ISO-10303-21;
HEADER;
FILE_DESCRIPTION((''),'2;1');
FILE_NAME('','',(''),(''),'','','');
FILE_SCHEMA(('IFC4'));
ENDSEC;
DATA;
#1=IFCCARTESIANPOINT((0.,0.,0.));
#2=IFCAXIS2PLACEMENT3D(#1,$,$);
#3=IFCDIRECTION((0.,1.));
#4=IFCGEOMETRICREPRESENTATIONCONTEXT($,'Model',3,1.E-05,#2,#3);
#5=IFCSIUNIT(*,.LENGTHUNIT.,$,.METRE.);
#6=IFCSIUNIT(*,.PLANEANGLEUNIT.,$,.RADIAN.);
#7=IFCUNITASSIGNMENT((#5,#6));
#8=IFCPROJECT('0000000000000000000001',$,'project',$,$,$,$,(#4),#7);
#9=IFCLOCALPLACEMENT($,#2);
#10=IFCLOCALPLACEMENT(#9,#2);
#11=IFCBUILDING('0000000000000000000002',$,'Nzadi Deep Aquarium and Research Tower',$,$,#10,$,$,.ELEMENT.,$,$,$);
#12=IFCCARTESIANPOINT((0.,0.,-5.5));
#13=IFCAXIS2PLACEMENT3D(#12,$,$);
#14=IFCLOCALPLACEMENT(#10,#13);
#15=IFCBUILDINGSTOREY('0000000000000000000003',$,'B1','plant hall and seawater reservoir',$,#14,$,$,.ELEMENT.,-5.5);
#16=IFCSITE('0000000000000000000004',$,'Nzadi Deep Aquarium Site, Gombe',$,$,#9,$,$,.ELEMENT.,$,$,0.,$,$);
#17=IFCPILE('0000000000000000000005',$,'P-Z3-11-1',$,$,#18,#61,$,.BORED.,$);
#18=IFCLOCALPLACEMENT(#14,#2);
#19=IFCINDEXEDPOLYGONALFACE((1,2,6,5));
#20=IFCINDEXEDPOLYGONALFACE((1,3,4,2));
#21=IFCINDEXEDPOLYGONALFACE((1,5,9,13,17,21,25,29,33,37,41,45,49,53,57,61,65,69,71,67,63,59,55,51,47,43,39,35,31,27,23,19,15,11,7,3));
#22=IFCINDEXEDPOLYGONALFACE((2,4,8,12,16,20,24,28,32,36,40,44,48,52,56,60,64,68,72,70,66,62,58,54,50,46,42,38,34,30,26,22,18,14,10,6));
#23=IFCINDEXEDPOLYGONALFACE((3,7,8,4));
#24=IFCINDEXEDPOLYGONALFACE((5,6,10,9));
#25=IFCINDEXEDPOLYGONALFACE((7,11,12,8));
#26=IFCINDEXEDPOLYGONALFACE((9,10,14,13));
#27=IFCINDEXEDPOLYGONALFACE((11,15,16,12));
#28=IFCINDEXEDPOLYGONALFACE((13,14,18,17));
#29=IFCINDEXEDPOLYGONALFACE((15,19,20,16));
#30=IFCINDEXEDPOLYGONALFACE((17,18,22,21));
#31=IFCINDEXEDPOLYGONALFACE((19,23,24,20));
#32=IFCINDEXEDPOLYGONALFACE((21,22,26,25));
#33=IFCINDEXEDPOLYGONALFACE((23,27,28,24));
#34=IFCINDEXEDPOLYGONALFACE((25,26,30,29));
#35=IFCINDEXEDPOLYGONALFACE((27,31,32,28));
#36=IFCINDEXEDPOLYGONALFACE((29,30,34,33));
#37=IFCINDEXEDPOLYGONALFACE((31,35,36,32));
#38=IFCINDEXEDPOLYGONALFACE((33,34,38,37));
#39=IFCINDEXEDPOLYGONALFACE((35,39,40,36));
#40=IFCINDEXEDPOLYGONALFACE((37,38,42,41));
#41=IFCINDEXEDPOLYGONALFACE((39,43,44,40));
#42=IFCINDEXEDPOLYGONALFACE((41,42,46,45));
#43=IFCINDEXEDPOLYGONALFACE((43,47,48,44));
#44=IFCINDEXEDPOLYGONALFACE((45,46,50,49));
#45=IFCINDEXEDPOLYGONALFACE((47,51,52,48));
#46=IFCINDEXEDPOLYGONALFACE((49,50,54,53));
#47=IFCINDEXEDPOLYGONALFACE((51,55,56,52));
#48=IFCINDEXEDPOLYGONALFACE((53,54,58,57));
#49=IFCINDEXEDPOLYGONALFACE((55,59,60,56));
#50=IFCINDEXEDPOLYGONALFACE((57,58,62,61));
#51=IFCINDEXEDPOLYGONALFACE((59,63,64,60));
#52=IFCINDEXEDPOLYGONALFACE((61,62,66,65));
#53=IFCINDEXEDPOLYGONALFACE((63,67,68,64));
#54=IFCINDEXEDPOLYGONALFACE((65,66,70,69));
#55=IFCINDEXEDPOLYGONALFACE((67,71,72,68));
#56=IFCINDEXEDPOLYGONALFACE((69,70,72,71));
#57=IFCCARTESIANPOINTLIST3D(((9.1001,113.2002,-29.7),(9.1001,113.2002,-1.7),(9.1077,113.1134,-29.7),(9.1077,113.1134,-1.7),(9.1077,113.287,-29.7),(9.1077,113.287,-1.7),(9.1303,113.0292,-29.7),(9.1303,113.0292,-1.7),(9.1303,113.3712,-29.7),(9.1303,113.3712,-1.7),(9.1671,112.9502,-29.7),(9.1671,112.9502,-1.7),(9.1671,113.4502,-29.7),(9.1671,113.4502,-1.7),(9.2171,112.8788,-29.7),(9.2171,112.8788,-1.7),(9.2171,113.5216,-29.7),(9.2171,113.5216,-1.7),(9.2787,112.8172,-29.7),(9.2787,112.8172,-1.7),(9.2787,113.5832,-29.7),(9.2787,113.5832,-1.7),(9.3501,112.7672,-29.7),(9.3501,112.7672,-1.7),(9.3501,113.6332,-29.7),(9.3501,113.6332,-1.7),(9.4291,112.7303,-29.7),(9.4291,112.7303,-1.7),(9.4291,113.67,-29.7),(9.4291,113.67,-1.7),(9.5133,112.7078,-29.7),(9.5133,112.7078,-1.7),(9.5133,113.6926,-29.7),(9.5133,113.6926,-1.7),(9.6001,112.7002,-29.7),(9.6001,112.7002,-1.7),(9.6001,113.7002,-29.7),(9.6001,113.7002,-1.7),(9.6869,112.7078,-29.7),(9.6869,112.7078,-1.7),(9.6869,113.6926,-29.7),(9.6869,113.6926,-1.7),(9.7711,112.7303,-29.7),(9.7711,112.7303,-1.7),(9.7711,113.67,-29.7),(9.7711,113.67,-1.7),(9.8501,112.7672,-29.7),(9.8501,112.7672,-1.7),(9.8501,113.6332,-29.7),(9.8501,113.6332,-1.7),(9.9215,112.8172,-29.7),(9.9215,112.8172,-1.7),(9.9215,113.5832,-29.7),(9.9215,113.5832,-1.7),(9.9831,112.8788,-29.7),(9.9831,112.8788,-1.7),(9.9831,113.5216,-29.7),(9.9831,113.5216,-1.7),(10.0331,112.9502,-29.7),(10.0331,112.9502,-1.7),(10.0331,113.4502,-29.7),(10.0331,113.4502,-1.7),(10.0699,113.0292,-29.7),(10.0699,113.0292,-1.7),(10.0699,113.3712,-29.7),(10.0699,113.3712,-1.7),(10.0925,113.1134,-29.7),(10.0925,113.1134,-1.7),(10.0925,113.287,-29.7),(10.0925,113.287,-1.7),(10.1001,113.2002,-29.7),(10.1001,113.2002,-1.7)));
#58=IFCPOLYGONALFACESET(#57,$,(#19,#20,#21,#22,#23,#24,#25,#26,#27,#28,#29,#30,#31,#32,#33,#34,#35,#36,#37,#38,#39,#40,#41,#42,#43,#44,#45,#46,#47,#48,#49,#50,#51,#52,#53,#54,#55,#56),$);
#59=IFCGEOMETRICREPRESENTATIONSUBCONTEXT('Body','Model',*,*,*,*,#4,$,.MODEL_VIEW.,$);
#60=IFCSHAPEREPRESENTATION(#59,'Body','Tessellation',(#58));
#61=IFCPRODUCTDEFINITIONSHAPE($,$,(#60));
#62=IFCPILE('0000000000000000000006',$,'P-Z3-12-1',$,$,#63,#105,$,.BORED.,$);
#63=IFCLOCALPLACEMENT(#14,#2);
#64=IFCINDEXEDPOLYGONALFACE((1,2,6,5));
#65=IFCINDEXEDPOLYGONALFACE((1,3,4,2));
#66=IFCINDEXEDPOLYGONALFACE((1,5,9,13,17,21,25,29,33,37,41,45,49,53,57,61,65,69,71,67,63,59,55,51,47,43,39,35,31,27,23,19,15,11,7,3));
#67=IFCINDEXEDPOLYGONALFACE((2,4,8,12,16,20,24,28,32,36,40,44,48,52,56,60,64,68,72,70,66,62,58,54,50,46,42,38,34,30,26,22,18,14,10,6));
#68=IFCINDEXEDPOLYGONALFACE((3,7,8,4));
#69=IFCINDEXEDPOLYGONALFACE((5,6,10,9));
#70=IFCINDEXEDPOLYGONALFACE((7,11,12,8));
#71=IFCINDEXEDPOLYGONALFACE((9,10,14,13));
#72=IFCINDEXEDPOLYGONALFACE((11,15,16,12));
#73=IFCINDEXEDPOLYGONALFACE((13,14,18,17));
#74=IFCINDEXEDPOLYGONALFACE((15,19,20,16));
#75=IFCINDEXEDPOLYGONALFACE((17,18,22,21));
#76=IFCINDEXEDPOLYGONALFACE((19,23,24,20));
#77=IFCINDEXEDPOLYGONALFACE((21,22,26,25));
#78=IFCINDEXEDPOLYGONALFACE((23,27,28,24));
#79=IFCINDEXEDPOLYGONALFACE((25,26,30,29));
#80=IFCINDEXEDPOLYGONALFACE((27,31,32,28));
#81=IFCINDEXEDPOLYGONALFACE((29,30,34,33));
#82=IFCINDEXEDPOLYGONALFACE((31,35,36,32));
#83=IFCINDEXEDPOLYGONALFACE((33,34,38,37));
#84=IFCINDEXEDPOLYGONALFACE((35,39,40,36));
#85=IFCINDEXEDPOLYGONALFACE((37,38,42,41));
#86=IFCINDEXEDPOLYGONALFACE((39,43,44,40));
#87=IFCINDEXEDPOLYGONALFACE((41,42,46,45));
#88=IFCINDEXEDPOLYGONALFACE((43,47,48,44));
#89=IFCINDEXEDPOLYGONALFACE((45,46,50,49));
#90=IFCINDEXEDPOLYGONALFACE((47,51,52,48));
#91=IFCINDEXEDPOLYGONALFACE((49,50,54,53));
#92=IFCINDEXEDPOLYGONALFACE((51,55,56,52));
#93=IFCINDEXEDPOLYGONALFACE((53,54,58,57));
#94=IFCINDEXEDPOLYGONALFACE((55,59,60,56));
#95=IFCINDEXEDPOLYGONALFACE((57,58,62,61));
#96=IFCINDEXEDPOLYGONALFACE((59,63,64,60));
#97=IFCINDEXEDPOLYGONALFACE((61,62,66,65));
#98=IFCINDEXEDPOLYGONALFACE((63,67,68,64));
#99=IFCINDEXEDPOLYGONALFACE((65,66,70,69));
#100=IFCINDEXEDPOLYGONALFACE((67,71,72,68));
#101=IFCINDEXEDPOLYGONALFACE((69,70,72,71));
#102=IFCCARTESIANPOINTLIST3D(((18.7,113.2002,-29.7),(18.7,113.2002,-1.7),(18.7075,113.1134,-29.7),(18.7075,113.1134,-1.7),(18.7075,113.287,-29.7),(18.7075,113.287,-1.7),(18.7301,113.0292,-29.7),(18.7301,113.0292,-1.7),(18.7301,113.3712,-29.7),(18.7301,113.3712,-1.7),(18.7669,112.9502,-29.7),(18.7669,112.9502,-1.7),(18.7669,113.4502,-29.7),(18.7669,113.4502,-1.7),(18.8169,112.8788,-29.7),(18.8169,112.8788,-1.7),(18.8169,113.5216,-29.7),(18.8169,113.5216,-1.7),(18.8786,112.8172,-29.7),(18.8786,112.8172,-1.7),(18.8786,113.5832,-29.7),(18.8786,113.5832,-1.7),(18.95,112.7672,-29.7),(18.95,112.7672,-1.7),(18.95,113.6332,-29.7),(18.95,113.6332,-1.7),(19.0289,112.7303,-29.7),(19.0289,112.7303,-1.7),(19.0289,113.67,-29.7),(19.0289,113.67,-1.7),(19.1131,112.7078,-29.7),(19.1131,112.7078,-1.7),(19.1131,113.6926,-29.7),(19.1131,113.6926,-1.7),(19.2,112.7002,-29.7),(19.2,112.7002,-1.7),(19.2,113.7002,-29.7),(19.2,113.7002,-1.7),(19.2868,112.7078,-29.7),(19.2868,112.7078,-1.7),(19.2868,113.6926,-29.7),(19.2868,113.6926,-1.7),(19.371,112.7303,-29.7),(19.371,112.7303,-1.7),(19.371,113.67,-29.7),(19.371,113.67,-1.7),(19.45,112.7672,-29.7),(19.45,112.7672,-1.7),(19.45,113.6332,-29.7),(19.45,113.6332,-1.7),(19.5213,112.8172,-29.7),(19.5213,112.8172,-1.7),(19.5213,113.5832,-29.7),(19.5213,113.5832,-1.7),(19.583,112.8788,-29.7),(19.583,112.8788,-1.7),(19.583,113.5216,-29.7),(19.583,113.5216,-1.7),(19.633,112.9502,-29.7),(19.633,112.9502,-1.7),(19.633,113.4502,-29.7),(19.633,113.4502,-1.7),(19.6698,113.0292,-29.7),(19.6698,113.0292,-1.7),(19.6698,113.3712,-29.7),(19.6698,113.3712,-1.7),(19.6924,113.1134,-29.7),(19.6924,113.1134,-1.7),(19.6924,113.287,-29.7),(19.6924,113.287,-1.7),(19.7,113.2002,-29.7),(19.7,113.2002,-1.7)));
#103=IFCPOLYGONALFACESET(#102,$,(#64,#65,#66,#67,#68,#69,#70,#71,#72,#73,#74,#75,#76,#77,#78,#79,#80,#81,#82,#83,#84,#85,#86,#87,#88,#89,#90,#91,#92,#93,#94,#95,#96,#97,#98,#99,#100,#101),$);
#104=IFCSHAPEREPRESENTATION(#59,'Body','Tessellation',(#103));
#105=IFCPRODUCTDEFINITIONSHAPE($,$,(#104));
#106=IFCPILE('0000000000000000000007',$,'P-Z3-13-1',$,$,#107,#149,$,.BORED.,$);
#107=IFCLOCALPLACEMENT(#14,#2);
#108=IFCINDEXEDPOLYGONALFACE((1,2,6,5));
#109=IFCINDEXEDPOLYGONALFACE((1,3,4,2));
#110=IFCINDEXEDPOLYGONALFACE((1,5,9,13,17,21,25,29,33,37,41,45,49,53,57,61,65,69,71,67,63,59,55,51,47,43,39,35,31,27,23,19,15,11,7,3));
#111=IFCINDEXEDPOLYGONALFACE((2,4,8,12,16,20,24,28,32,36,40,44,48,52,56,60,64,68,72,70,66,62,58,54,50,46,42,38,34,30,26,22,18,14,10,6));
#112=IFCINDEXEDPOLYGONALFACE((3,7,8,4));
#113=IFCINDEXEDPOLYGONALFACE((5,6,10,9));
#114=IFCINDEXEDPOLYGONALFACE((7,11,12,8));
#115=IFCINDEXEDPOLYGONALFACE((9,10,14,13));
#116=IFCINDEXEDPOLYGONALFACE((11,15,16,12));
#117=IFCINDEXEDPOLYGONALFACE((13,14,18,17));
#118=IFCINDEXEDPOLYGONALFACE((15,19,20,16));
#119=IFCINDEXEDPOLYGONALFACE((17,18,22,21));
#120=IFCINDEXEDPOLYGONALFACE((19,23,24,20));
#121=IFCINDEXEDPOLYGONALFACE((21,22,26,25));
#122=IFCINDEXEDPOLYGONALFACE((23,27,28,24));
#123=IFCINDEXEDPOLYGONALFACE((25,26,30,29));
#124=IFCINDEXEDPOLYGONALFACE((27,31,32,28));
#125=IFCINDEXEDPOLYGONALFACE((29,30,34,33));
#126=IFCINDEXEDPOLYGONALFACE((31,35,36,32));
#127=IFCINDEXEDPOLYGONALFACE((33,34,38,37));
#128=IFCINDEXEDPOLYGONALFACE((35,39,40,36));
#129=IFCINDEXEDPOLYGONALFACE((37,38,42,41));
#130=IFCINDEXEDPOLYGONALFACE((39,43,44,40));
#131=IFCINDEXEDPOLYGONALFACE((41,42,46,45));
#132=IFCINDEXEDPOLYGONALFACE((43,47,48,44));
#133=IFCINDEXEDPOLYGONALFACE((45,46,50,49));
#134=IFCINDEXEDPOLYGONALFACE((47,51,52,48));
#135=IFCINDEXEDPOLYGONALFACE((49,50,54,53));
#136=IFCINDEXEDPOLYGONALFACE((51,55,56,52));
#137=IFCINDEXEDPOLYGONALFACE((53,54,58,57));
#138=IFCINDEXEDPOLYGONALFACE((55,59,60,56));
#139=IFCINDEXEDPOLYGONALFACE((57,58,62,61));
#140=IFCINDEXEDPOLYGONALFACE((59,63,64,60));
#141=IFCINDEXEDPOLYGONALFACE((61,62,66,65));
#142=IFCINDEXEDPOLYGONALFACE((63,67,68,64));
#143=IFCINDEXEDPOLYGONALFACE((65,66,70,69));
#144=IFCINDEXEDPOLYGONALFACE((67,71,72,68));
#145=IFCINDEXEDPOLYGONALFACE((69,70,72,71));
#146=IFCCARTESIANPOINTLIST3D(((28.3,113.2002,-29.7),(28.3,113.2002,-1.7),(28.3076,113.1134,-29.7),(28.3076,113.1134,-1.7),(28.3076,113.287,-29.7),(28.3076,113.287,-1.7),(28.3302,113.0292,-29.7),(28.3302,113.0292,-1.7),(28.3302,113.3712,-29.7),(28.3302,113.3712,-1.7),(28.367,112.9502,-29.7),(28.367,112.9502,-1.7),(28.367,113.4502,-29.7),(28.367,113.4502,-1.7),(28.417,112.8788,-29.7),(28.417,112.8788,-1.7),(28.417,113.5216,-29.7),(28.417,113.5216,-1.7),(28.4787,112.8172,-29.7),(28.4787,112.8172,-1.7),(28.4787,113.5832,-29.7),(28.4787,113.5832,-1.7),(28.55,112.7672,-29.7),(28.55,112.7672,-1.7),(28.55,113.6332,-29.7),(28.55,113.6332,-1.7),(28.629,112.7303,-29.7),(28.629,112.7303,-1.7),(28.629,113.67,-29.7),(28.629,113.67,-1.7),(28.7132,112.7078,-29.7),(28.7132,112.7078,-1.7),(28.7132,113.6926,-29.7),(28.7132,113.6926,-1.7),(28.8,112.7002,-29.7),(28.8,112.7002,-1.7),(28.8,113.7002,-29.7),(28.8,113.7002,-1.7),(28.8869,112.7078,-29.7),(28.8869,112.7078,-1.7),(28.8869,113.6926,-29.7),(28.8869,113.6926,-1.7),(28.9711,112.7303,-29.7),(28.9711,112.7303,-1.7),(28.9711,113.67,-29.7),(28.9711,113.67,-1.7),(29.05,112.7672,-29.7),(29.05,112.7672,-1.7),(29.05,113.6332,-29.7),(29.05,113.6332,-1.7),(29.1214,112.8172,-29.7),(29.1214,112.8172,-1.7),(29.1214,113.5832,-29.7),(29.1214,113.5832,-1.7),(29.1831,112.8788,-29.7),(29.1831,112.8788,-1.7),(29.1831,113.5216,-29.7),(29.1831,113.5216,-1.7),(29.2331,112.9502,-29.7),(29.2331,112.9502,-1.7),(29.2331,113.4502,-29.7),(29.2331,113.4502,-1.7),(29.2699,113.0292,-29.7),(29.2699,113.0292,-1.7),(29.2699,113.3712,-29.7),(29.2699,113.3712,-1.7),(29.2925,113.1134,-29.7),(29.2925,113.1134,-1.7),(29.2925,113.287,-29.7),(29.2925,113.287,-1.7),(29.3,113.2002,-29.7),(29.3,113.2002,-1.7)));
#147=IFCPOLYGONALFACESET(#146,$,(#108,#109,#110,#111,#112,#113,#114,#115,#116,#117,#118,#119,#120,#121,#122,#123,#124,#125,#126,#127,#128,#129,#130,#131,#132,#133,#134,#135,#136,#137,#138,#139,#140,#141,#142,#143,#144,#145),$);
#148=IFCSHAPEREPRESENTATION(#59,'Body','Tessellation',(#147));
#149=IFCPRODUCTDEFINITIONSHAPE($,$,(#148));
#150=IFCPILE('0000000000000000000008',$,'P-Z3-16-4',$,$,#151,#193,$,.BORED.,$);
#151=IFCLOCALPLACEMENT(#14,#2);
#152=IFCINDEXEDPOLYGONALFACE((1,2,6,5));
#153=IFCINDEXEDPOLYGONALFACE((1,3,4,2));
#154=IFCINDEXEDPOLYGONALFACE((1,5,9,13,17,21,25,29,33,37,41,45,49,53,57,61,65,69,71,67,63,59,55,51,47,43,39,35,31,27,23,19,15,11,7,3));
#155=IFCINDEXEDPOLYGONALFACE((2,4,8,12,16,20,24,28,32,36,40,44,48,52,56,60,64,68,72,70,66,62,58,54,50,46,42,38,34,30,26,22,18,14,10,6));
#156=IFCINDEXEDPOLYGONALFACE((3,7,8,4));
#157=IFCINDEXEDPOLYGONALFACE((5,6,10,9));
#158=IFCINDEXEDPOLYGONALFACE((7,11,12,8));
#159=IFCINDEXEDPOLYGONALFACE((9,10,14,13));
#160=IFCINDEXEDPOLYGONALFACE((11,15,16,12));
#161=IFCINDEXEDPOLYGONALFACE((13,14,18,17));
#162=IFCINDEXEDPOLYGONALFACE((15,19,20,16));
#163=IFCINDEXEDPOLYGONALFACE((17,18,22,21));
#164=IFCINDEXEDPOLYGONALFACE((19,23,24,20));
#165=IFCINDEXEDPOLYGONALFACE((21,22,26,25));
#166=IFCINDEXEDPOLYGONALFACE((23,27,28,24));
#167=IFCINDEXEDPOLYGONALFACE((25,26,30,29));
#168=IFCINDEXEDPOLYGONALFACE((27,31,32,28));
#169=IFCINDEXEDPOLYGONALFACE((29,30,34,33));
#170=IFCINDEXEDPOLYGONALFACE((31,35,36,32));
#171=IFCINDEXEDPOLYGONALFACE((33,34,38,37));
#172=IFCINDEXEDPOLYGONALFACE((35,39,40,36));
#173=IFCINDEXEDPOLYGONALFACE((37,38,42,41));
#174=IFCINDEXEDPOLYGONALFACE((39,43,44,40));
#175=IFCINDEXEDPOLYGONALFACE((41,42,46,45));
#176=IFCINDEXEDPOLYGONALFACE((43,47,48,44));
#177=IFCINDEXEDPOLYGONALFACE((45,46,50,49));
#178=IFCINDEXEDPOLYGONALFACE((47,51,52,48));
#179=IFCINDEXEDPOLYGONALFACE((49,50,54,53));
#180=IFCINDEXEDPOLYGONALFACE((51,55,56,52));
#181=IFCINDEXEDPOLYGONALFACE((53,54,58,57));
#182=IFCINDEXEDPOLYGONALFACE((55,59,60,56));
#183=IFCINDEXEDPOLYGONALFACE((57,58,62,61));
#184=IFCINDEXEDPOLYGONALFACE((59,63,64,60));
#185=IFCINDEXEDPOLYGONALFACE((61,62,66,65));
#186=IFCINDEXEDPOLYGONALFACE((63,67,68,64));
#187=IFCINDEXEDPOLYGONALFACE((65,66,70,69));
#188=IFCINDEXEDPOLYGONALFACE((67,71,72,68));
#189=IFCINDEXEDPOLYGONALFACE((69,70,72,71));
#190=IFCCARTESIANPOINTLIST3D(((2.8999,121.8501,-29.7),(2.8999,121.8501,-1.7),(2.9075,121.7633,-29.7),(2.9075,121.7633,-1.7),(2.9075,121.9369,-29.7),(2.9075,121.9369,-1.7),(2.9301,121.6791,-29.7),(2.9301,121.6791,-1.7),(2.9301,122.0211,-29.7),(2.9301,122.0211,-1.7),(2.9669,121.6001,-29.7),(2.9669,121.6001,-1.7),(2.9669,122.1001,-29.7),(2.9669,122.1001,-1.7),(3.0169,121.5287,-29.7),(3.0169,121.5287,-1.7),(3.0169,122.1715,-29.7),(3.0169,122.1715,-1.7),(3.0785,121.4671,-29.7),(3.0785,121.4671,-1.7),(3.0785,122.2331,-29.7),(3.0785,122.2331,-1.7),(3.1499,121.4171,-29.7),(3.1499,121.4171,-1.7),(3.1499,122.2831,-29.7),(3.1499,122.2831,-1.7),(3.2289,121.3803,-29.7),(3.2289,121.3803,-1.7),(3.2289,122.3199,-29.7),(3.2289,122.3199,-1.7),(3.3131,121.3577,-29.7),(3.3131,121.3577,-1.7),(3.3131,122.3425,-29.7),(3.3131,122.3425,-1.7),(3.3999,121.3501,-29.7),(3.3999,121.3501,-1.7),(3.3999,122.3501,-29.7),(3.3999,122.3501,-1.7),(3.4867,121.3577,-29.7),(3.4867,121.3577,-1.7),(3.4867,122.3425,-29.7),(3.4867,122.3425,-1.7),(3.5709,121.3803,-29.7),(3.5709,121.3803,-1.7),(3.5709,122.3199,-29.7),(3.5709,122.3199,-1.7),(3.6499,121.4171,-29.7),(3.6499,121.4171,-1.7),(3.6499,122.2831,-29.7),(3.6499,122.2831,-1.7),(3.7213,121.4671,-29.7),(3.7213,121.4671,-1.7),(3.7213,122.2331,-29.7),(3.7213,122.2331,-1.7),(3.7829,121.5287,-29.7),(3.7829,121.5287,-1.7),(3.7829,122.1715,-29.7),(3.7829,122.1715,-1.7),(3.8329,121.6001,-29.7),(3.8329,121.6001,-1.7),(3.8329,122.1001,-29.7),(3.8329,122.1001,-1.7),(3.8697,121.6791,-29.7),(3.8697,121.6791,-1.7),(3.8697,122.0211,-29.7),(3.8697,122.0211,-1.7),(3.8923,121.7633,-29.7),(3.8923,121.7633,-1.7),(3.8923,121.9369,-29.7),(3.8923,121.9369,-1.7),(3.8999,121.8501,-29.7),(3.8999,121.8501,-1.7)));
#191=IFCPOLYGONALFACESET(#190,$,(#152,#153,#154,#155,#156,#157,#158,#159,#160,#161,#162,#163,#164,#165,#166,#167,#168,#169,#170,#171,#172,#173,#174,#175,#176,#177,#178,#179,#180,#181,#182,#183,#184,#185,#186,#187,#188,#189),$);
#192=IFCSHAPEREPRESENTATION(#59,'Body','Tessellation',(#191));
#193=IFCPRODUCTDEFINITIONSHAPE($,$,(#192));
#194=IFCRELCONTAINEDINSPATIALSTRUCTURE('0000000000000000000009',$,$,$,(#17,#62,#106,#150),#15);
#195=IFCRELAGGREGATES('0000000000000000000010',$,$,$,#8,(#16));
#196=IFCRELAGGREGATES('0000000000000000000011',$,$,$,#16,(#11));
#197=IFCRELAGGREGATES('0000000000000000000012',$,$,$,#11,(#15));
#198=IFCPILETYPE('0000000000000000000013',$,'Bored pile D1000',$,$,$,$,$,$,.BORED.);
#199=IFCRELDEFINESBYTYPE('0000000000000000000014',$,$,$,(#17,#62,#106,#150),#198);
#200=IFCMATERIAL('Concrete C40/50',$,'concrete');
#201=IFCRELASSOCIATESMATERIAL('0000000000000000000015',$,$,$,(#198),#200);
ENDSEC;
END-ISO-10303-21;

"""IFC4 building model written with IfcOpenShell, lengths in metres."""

from ifc_helpers import new_model, si_unit, direction, frame, origin, origin_2d, place, context, subcontext, project, spatial, circle, extrude, material, material_profile, profile_set, type_object, element, save


model = new_model("IFC4")

# Units and contexts
model_context = context("Model", 3, precision=1e-05, world=origin(), true_north=direction((0.0, 1.0)))
body_context = subcontext(model_context, "Body", "Model", "MODEL_VIEW")
ifc_project = project(units=[si_unit("LENGTHUNIT", "METRE"), si_unit("PLANEANGLEUNIT", "RADIAN")], contexts=[model_context])

# Site, building, storey
site_placement = place(None, origin())
site = spatial("IfcSite", under=ifc_project, at=site_placement, Name="Nzadi Deep Aquarium Site, Gombe", CompositionType="ELEMENT", RefElevation=0.0)
building_placement = place(site_placement, origin())
building = spatial("IfcBuilding", under=site, at=building_placement, Name="Nzadi Deep Aquarium and Research Tower", CompositionType="ELEMENT")
storey_placement = place(building_placement, frame((0.0, 0.0, -5.5)))
storey = spatial("IfcBuildingStorey", under=building, at=storey_placement, Name="B1", Description="plant hall and seawater reservoir", CompositionType="ELEMENT", Elevation=-5.5)

# Piles
ifc_material_1 = material(Name="Concrete C40/50", Category="concrete")
ifc_material_profile_1 = material_profile(ifc_material_1, circle(Radius=0.5, at=origin_2d()))
ifc_profile_set_1 = profile_set([ifc_material_profile_1], Name="Concrete C40/50")
pile_type = type_object("IfcPileType", Name="Bored pile D1000", PredefinedType="BORED", material=ifc_profile_set_1)
for number, where, z_axis, x_axis, name in (
    (1, (9.6001, 113.2002, -1.7), (0.0, 0.0, -1.0), (1.0, 0.0, 0.0), "P-Z3-11-1"),
    (2, (19.2, 113.2002, -1.7), (0.0, 0.0, -1.0), (1.0, 0.0, 0.0), "P-Z3-12-1"),
    (3, (28.8, 113.2002, -1.7), (0.0, 0.0, -1.0), (1.0, 0.0, 0.0), "P-Z3-13-1"),
    (4, (3.3999, 121.8501, -1.7), (0.0, 0.0, -1.0), (1.0, 0.0, 0.0), "P-Z3-16-4"),
):
    element("IfcPile", number, at=place(storey_placement, frame(where, z_axis=z_axis, x_axis=x_axis)), inside=storey, type_object=pile_type, Name=name, PredefinedType="BORED", context=body_context, shape_type="SweptSolid", body=[
        extrude(circle(Radius=0.5, at=origin_2d()), origin(), (0.0, 0.0, 1.0), 28.0),
    ])

save(model, "model.ifc")
